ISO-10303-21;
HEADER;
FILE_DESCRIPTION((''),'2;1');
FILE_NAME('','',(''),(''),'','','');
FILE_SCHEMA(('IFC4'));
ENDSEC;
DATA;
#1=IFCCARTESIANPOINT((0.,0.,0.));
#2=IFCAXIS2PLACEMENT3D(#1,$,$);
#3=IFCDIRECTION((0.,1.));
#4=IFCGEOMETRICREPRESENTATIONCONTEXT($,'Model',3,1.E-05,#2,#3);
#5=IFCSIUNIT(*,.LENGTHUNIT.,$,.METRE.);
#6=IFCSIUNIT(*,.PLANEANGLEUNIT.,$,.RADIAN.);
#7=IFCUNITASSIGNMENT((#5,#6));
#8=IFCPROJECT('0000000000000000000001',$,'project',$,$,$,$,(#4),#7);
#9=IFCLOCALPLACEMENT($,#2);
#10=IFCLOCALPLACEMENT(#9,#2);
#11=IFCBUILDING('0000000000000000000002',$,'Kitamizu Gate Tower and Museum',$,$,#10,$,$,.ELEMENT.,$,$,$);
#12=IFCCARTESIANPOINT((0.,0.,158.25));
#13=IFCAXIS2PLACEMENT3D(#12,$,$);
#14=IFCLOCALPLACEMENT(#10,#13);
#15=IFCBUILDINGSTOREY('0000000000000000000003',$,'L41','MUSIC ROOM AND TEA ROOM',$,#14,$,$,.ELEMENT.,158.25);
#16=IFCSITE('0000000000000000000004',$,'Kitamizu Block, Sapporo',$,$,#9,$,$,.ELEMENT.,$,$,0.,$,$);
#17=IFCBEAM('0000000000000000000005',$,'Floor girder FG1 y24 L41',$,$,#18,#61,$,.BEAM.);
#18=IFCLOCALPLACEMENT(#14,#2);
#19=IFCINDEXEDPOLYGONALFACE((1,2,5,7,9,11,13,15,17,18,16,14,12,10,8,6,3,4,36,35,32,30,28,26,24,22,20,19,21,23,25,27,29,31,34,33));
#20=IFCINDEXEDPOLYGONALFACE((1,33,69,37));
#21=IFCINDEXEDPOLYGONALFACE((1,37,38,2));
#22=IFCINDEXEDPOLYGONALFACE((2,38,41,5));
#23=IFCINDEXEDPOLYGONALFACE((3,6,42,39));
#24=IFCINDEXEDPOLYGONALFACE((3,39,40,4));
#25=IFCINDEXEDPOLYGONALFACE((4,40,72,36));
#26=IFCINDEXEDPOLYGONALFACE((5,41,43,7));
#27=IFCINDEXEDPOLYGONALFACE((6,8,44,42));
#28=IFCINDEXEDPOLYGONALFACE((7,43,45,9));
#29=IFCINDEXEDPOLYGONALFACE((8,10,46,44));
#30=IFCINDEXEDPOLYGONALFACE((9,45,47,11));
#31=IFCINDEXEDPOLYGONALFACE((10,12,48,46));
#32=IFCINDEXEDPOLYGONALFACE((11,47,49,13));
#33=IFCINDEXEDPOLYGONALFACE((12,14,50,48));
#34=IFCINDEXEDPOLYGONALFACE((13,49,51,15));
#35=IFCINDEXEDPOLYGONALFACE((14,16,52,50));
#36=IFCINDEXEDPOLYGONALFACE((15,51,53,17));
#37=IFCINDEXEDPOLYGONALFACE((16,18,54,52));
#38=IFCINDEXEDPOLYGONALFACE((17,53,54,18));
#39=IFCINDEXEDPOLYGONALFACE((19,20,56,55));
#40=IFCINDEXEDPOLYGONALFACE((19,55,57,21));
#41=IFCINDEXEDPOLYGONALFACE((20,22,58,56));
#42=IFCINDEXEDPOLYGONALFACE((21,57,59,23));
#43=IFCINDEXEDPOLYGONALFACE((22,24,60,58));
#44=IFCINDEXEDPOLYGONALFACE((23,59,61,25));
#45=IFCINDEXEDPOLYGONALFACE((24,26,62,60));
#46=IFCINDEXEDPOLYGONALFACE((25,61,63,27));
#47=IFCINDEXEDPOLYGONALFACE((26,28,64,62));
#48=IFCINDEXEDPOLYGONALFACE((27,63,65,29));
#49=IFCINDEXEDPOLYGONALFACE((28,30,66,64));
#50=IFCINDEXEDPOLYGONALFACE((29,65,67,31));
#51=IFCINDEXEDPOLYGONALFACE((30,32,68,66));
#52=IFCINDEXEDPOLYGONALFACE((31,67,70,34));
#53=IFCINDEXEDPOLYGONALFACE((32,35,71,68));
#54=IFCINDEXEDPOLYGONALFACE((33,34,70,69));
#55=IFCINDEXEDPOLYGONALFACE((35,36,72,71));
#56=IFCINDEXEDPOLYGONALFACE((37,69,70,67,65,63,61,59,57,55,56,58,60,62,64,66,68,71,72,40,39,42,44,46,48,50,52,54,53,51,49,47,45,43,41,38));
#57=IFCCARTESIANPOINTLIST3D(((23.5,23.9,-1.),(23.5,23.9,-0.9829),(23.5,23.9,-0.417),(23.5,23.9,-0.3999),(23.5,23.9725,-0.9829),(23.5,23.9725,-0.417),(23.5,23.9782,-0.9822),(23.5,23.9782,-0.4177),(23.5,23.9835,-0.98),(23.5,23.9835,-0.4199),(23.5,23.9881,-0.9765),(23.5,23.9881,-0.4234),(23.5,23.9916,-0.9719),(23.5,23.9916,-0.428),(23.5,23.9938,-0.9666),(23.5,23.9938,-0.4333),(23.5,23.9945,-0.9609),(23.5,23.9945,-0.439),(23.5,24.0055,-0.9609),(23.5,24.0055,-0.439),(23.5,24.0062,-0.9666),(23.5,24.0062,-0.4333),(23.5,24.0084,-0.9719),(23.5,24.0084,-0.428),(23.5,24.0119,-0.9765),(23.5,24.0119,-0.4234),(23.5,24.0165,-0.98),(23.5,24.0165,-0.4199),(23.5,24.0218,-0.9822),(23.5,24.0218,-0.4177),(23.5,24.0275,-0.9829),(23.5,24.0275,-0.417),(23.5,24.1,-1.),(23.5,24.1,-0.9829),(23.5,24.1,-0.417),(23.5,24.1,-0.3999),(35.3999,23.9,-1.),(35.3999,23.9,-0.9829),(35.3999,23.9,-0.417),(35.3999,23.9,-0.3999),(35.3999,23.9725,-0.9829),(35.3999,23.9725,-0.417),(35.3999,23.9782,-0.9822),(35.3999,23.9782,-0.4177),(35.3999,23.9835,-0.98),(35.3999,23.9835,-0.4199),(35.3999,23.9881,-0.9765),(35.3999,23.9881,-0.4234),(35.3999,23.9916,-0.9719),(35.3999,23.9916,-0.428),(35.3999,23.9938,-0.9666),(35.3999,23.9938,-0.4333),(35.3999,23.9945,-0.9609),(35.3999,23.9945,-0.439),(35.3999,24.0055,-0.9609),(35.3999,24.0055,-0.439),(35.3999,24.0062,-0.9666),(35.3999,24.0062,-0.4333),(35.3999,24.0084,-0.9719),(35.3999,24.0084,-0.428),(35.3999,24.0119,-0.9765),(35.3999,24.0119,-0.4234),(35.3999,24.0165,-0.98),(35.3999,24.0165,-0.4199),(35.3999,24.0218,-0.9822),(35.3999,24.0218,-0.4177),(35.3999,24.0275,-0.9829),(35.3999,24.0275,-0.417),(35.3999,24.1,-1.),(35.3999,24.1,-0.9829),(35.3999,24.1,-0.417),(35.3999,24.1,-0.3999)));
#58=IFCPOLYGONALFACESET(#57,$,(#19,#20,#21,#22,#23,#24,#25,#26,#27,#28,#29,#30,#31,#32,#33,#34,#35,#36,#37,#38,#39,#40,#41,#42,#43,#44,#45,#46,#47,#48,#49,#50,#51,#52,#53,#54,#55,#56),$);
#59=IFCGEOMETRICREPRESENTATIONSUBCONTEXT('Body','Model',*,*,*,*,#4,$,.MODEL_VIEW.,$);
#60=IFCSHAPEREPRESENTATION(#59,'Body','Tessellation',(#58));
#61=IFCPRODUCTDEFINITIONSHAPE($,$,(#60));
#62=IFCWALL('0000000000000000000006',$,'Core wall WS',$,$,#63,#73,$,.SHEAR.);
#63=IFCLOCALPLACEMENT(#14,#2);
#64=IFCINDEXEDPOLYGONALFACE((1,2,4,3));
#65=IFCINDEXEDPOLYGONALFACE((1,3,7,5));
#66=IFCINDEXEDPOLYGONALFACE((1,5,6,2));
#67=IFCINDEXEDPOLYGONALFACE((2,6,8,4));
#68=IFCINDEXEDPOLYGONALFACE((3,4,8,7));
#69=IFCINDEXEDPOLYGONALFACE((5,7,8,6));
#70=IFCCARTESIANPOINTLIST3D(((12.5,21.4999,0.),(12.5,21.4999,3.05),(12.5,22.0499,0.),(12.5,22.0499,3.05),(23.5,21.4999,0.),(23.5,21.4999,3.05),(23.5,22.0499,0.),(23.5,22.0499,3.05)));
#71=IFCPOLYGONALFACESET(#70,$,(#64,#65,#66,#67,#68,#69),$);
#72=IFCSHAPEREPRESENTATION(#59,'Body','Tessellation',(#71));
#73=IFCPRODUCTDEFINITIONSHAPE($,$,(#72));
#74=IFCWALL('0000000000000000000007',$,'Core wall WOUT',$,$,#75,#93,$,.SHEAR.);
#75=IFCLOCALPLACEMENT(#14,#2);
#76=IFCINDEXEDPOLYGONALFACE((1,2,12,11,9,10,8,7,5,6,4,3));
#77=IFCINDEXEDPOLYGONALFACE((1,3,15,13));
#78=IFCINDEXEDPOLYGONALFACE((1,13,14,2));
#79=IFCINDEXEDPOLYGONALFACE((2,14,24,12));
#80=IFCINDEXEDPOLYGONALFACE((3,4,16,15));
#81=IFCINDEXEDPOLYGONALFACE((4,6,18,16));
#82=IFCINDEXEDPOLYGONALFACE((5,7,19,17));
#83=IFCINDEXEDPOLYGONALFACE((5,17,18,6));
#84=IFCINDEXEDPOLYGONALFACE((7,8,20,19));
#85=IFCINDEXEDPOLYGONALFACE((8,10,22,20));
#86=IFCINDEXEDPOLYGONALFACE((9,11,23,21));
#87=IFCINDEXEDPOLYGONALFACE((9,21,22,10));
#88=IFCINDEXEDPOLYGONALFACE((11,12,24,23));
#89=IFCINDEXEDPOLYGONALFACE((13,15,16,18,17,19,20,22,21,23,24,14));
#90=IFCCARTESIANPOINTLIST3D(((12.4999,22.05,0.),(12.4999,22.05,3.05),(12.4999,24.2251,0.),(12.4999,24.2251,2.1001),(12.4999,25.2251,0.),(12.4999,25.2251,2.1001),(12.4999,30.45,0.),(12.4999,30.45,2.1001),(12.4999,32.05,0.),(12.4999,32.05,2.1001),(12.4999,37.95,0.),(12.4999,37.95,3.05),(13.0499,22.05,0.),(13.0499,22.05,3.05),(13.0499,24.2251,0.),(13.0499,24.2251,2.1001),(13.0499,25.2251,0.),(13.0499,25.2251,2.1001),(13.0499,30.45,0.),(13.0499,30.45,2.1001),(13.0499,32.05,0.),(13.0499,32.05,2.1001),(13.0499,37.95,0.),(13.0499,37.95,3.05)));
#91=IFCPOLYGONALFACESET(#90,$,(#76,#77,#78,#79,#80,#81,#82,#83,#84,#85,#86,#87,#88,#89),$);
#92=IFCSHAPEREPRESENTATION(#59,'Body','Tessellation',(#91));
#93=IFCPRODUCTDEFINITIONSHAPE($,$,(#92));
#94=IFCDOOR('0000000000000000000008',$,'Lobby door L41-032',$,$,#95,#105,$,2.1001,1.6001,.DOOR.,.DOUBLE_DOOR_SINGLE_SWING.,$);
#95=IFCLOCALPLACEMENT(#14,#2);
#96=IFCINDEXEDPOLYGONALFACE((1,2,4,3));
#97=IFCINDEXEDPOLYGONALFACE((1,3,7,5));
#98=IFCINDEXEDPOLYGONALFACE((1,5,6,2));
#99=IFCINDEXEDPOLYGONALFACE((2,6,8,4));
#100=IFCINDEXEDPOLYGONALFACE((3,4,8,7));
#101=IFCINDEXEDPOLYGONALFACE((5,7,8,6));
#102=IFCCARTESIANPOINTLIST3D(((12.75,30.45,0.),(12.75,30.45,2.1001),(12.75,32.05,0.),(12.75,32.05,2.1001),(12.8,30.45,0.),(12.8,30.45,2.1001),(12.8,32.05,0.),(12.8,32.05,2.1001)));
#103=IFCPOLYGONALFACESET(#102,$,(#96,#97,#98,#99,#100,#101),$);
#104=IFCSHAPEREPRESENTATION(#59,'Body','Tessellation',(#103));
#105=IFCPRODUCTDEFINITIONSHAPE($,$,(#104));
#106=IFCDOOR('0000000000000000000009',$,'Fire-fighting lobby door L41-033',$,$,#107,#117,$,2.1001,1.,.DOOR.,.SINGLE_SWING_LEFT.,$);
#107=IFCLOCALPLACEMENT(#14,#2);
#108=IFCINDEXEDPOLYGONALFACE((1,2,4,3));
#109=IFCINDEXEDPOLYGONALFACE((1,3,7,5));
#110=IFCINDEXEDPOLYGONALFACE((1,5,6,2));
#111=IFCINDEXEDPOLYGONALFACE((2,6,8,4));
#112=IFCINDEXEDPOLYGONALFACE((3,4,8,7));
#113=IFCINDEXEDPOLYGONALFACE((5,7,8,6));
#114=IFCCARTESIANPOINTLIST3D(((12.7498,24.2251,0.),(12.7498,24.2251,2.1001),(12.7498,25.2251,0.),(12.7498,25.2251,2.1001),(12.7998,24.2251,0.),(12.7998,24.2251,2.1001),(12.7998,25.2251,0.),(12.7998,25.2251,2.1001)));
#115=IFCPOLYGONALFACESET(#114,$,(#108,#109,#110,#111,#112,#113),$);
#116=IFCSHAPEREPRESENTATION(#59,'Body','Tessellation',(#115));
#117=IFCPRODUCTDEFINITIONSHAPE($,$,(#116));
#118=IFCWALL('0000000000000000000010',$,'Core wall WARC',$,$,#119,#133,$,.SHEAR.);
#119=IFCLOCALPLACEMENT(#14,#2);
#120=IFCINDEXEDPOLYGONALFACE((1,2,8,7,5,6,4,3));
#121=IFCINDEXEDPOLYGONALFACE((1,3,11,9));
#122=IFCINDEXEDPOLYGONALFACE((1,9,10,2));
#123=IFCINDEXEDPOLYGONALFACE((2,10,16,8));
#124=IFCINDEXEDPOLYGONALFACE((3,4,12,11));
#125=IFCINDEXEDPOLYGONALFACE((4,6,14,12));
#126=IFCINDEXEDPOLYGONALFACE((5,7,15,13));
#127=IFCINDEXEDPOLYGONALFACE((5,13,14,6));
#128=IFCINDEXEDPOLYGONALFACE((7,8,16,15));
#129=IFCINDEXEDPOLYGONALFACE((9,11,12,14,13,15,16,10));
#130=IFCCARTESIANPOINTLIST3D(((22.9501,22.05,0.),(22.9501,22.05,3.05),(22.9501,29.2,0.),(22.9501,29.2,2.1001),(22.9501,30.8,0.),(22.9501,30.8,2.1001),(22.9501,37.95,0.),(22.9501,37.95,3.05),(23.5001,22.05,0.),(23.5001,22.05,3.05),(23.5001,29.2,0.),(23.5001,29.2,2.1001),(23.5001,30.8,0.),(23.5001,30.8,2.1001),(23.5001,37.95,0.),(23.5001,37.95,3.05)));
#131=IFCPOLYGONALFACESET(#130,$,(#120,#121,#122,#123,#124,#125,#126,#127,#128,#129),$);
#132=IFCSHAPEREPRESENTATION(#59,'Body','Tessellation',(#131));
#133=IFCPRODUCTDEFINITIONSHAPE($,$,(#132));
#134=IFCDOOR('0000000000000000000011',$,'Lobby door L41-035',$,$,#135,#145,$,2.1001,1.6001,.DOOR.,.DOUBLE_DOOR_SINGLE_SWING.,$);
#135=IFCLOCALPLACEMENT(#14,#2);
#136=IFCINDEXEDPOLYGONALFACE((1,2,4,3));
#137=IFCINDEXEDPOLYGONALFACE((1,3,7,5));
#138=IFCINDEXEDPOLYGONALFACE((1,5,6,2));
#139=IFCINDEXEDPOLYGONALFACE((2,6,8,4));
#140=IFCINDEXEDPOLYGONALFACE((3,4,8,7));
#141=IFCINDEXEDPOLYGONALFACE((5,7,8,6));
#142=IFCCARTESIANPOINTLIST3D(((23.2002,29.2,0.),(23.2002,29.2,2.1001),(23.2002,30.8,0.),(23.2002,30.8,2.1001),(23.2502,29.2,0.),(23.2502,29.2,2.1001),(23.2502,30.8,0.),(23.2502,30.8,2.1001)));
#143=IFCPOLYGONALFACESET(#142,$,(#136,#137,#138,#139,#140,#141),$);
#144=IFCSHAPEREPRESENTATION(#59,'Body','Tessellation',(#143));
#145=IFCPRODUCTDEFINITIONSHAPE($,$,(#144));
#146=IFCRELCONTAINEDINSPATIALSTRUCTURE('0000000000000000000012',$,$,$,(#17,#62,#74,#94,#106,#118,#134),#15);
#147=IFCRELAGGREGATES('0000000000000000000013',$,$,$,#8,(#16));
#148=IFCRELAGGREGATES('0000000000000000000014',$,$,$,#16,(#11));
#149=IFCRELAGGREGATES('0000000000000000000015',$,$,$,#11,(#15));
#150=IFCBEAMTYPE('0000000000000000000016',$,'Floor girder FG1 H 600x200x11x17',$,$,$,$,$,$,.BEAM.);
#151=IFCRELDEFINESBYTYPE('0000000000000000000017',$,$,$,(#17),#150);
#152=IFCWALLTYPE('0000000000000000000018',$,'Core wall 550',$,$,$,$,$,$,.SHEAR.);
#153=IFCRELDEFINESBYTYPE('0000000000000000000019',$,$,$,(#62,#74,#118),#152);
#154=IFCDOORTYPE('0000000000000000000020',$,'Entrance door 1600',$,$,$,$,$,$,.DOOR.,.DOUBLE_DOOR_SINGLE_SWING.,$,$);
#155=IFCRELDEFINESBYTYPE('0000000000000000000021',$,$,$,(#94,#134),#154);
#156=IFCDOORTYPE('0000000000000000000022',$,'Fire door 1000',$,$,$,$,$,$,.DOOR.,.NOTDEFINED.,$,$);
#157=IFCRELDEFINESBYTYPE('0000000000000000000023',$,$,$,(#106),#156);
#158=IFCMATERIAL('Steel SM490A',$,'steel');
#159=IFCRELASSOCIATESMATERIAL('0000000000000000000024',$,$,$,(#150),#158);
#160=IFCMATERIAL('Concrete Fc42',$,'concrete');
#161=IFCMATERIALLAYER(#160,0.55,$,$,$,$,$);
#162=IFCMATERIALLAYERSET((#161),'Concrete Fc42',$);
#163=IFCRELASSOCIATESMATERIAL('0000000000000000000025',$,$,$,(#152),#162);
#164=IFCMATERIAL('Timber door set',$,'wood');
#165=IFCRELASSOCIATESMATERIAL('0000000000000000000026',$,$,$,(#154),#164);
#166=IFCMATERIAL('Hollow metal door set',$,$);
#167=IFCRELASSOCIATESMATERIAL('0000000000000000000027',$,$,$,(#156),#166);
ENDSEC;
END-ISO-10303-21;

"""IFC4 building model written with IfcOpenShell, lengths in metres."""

from ifc_helpers import new_model, si_unit, direction, frame, frame_2d, origin, origin_2d, place, context, subcontext, project, spatial, rectangle, i_section, extrude, material, layer, layer_set, material_profile, profile_set, type_object, element, fill, save


model = new_model("IFC4")

# Units and contexts
model_context = context("Model", 3, precision=1e-05, world=origin(), true_north=direction((0.0, 1.0)))
body_context = subcontext(model_context, "Body", "Model", "MODEL_VIEW")
ifc_project = project(units=[si_unit("LENGTHUNIT", "METRE"), si_unit("PLANEANGLEUNIT", "RADIAN")], contexts=[model_context])

# Site, building, storey
site_placement = place(None, origin())
site = spatial("IfcSite", under=ifc_project, at=site_placement, Name="Kitamizu Block, Sapporo", CompositionType="ELEMENT", RefElevation=0.0)
building_placement = place(site_placement, origin())
building = spatial("IfcBuilding", under=site, at=building_placement, Name="Kitamizu Gate Tower and Museum", CompositionType="ELEMENT")
storey_placement = place(building_placement, frame((0.0, 0.0, 158.25)))
storey = spatial("IfcBuildingStorey", under=building, at=storey_placement, Name="L41", Description="MUSIC ROOM AND TEA ROOM", CompositionType="ELEMENT", Elevation=158.25)

# Beam
ifc_material_1 = material(Name="Steel SM490A", Category="steel")
ifc_material_profile = material_profile(ifc_material_1, i_section(OverallWidth=0.2, OverallDepth=0.6001, WebThickness=0.011, FlangeThickness=0.0171, FilletRadius=0.022, at=origin_2d()), Name="H-600x200x11x17")
ifc_profile_set = profile_set([ifc_material_profile], Name="Steel SM490A")
beam_type = type_object("IfcBeamType", Name="Floor girder FG1 H 600x200x11x17", PredefinedType="BEAM", material=ifc_profile_set)
beam_placement = place(storey_placement, frame((23.5, 24.0, -0.7), z_axis=(1.0, 0.0, 0.0), x_axis=(0.0, 1.0, 0.0)))
element("IfcBeam", 1, at=beam_placement, inside=storey, type_object=beam_type, Name="Floor girder FG1 y24 L41", PredefinedType="BEAM", context=body_context, shape_type="SweptSolid", body=[
    extrude(i_section(OverallWidth=0.2, OverallDepth=0.6001, WebThickness=0.011, FlangeThickness=0.0171, FilletRadius=0.022, at=origin_2d()), origin(), (0.0, 0.0, 1.0), 11.8999),
])

# Wall
ifc_material_2 = material(Name="Concrete Fc42", Category="concrete")
ifc_layer_1 = layer(ifc_material_2, 0.55)
ifc_layer_set_1 = layer_set([ifc_layer_1], Name="Concrete Fc42")
wall_type_1 = type_object("IfcWallType", Name="Core wall 550", PredefinedType="SHEAR", material=ifc_layer_set_1)
wall_1_placement = place(storey_placement, frame((12.5, 21.7749, 0.0), z_axis=(0.0, 0.0, 1.0), x_axis=(1.0, 0.0, 0.0)))
element("IfcWall", 2, at=wall_1_placement, inside=storey, type_object=wall_type_1, Name="Core wall WS", PredefinedType="SHEAR", context=body_context, shape_type="SweptSolid", body=[
    extrude(rectangle(XDim=11.0, YDim=0.55, at=frame_2d((5.5, 0.0))), origin(), (0.0, 0.0, 1.0), 3.05),
])

# Wall, openings, doors
wall_2_placement = place(storey_placement, frame((12.7749, 22.05, 0.0), z_axis=(0.0, 0.0, 1.0), x_axis=(0.0, 1.0, 0.0)))
wall_2 = element("IfcWall", 3, at=wall_2_placement, inside=storey, type_object=wall_type_1, Name="Core wall WOUT", PredefinedType="SHEAR", context=body_context, shape_type="SweptSolid", body=[
    extrude(rectangle(XDim=15.8999, YDim=0.55, at=frame_2d((7.95, 0.0))), origin(), (0.0, 0.0, 1.0), 3.05),
])
opening_1_placement = place(wall_2_placement, frame((8.3999, 0.0, 0.0)))
opening_1 = element("IfcOpeningElement", 4, at=opening_1_placement, cuts=wall_2, PredefinedType="OPENING", context=body_context, shape_type="SweptSolid", body=[
    extrude(rectangle(XDim=1.6001, YDim=2.1001, at=frame_2d((0.8, 1.05))), frame((0.0, 0.2852, 0.0), z_axis=(0.0, -1.0, 0.0), x_axis=(1.0, 0.0, 0.0)), (0.0, 0.0, 1.0), 0.5701),
])
opening_2_placement = place(wall_2_placement, frame((2.175, 0.0, 0.0)))
opening_2 = element("IfcOpeningElement", 5, at=opening_2_placement, cuts=wall_2, PredefinedType="OPENING", context=body_context, shape_type="SweptSolid", body=[
    extrude(rectangle(XDim=1.0, YDim=2.1001, at=frame_2d((0.5, 1.05))), frame((0.0, 0.2852, 0.0), z_axis=(0.0, -1.0, 0.0), x_axis=(1.0, 0.0, 0.0)), (0.0, 0.0, 1.0), 0.5701),
])
ifc_material_3 = material(Name="Timber door set", Category="wood")
door_type_1 = type_object("IfcDoorType", Name="Entrance door 1600", OperationType="DOUBLE_DOOR_SINGLE_SWING", PredefinedType="DOOR", material=ifc_material_3)
door_1_placement = place(opening_1_placement, origin())
door_1 = element("IfcDoor", 6, at=door_1_placement, inside=storey, type_object=door_type_1, Name="Lobby door L41-032", OperationType="DOUBLE_DOOR_SINGLE_SWING", OverallHeight=2.1001, OverallWidth=1.6001, PredefinedType="DOOR", context=body_context, shape_type="SweptSolid", body=[
    extrude(rectangle(XDim=1.6001, YDim=2.1001, at=frame_2d((0.8, 1.05))), frame((0.0, 0.0249, 0.0), z_axis=(0.0, -1.0, 0.0), x_axis=(1.0, 0.0, 0.0)), (0.0, 0.0, 1.0), 0.05),
])
fill(opening_1, door_1)
ifc_material_4 = material(Name="Hollow metal door set")
door_type_2 = type_object("IfcDoorType", Name="Fire door 1000", OperationType="NOTDEFINED", PredefinedType="DOOR", material=ifc_material_4)
door_2_placement = place(opening_2_placement, frame((1.0, 0.0, 0.0), x_axis=(-1.0, 0.0, 0.0)))
door_2 = element("IfcDoor", 7, at=door_2_placement, inside=storey, type_object=door_type_2, Name="Fire-fighting lobby door L41-033", OperationType="SINGLE_SWING_LEFT", OverallHeight=2.1001, OverallWidth=1.0, PredefinedType="DOOR", context=body_context, shape_type="SweptSolid", body=[
    extrude(rectangle(XDim=1.0, YDim=2.1001, at=frame_2d((0.5, 1.05))), frame((0.0, 0.0249, 0.0), z_axis=(0.0, -1.0, 0.0), x_axis=(1.0, 0.0, 0.0)), (0.0, 0.0, 1.0), 0.05),
])
fill(opening_2, door_2)

# Wall, opening, door
wall_3_placement = place(storey_placement, frame((23.2251, 22.05, 0.0), z_axis=(0.0, 0.0, 1.0), x_axis=(0.0, 1.0, 0.0)))
wall_3 = element("IfcWall", 8, at=wall_3_placement, inside=storey, type_object=wall_type_1, Name="Core wall WARC", PredefinedType="SHEAR", context=body_context, shape_type="SweptSolid", body=[
    extrude(rectangle(XDim=15.8999, YDim=0.55, at=frame_2d((7.95, 0.0))), origin(), (0.0, 0.0, 1.0), 3.05),
])
opening_3_placement = place(wall_3_placement, frame((7.1499, 0.0, 0.0)))
opening_3 = element("IfcOpeningElement", 9, at=opening_3_placement, cuts=wall_3, PredefinedType="OPENING", context=body_context, shape_type="SweptSolid", body=[
    extrude(rectangle(XDim=1.6001, YDim=2.1001, at=frame_2d((0.8, 1.05))), frame((0.0, 0.2852, 0.0), z_axis=(0.0, -1.0, 0.0), x_axis=(1.0, 0.0, 0.0)), (0.0, 0.0, 1.0), 0.5701),
])
door_3_placement = place(opening_3_placement, origin())
door_3 = element("IfcDoor", 10, at=door_3_placement, inside=storey, type_object=door_type_1, Name="Lobby door L41-035", OperationType="DOUBLE_DOOR_SINGLE_SWING", OverallHeight=2.1001, OverallWidth=1.6001, PredefinedType="DOOR", context=body_context, shape_type="SweptSolid", body=[
    extrude(rectangle(XDim=1.6001, YDim=2.1001, at=frame_2d((0.8, 1.05))), frame((0.0, 0.0249, 0.0), z_axis=(0.0, -1.0, 0.0), x_axis=(1.0, 0.0, 0.0)), (0.0, 0.0, 1.0), 0.05),
])
fill(opening_3, door_3)

save(model, "model.ifc")
